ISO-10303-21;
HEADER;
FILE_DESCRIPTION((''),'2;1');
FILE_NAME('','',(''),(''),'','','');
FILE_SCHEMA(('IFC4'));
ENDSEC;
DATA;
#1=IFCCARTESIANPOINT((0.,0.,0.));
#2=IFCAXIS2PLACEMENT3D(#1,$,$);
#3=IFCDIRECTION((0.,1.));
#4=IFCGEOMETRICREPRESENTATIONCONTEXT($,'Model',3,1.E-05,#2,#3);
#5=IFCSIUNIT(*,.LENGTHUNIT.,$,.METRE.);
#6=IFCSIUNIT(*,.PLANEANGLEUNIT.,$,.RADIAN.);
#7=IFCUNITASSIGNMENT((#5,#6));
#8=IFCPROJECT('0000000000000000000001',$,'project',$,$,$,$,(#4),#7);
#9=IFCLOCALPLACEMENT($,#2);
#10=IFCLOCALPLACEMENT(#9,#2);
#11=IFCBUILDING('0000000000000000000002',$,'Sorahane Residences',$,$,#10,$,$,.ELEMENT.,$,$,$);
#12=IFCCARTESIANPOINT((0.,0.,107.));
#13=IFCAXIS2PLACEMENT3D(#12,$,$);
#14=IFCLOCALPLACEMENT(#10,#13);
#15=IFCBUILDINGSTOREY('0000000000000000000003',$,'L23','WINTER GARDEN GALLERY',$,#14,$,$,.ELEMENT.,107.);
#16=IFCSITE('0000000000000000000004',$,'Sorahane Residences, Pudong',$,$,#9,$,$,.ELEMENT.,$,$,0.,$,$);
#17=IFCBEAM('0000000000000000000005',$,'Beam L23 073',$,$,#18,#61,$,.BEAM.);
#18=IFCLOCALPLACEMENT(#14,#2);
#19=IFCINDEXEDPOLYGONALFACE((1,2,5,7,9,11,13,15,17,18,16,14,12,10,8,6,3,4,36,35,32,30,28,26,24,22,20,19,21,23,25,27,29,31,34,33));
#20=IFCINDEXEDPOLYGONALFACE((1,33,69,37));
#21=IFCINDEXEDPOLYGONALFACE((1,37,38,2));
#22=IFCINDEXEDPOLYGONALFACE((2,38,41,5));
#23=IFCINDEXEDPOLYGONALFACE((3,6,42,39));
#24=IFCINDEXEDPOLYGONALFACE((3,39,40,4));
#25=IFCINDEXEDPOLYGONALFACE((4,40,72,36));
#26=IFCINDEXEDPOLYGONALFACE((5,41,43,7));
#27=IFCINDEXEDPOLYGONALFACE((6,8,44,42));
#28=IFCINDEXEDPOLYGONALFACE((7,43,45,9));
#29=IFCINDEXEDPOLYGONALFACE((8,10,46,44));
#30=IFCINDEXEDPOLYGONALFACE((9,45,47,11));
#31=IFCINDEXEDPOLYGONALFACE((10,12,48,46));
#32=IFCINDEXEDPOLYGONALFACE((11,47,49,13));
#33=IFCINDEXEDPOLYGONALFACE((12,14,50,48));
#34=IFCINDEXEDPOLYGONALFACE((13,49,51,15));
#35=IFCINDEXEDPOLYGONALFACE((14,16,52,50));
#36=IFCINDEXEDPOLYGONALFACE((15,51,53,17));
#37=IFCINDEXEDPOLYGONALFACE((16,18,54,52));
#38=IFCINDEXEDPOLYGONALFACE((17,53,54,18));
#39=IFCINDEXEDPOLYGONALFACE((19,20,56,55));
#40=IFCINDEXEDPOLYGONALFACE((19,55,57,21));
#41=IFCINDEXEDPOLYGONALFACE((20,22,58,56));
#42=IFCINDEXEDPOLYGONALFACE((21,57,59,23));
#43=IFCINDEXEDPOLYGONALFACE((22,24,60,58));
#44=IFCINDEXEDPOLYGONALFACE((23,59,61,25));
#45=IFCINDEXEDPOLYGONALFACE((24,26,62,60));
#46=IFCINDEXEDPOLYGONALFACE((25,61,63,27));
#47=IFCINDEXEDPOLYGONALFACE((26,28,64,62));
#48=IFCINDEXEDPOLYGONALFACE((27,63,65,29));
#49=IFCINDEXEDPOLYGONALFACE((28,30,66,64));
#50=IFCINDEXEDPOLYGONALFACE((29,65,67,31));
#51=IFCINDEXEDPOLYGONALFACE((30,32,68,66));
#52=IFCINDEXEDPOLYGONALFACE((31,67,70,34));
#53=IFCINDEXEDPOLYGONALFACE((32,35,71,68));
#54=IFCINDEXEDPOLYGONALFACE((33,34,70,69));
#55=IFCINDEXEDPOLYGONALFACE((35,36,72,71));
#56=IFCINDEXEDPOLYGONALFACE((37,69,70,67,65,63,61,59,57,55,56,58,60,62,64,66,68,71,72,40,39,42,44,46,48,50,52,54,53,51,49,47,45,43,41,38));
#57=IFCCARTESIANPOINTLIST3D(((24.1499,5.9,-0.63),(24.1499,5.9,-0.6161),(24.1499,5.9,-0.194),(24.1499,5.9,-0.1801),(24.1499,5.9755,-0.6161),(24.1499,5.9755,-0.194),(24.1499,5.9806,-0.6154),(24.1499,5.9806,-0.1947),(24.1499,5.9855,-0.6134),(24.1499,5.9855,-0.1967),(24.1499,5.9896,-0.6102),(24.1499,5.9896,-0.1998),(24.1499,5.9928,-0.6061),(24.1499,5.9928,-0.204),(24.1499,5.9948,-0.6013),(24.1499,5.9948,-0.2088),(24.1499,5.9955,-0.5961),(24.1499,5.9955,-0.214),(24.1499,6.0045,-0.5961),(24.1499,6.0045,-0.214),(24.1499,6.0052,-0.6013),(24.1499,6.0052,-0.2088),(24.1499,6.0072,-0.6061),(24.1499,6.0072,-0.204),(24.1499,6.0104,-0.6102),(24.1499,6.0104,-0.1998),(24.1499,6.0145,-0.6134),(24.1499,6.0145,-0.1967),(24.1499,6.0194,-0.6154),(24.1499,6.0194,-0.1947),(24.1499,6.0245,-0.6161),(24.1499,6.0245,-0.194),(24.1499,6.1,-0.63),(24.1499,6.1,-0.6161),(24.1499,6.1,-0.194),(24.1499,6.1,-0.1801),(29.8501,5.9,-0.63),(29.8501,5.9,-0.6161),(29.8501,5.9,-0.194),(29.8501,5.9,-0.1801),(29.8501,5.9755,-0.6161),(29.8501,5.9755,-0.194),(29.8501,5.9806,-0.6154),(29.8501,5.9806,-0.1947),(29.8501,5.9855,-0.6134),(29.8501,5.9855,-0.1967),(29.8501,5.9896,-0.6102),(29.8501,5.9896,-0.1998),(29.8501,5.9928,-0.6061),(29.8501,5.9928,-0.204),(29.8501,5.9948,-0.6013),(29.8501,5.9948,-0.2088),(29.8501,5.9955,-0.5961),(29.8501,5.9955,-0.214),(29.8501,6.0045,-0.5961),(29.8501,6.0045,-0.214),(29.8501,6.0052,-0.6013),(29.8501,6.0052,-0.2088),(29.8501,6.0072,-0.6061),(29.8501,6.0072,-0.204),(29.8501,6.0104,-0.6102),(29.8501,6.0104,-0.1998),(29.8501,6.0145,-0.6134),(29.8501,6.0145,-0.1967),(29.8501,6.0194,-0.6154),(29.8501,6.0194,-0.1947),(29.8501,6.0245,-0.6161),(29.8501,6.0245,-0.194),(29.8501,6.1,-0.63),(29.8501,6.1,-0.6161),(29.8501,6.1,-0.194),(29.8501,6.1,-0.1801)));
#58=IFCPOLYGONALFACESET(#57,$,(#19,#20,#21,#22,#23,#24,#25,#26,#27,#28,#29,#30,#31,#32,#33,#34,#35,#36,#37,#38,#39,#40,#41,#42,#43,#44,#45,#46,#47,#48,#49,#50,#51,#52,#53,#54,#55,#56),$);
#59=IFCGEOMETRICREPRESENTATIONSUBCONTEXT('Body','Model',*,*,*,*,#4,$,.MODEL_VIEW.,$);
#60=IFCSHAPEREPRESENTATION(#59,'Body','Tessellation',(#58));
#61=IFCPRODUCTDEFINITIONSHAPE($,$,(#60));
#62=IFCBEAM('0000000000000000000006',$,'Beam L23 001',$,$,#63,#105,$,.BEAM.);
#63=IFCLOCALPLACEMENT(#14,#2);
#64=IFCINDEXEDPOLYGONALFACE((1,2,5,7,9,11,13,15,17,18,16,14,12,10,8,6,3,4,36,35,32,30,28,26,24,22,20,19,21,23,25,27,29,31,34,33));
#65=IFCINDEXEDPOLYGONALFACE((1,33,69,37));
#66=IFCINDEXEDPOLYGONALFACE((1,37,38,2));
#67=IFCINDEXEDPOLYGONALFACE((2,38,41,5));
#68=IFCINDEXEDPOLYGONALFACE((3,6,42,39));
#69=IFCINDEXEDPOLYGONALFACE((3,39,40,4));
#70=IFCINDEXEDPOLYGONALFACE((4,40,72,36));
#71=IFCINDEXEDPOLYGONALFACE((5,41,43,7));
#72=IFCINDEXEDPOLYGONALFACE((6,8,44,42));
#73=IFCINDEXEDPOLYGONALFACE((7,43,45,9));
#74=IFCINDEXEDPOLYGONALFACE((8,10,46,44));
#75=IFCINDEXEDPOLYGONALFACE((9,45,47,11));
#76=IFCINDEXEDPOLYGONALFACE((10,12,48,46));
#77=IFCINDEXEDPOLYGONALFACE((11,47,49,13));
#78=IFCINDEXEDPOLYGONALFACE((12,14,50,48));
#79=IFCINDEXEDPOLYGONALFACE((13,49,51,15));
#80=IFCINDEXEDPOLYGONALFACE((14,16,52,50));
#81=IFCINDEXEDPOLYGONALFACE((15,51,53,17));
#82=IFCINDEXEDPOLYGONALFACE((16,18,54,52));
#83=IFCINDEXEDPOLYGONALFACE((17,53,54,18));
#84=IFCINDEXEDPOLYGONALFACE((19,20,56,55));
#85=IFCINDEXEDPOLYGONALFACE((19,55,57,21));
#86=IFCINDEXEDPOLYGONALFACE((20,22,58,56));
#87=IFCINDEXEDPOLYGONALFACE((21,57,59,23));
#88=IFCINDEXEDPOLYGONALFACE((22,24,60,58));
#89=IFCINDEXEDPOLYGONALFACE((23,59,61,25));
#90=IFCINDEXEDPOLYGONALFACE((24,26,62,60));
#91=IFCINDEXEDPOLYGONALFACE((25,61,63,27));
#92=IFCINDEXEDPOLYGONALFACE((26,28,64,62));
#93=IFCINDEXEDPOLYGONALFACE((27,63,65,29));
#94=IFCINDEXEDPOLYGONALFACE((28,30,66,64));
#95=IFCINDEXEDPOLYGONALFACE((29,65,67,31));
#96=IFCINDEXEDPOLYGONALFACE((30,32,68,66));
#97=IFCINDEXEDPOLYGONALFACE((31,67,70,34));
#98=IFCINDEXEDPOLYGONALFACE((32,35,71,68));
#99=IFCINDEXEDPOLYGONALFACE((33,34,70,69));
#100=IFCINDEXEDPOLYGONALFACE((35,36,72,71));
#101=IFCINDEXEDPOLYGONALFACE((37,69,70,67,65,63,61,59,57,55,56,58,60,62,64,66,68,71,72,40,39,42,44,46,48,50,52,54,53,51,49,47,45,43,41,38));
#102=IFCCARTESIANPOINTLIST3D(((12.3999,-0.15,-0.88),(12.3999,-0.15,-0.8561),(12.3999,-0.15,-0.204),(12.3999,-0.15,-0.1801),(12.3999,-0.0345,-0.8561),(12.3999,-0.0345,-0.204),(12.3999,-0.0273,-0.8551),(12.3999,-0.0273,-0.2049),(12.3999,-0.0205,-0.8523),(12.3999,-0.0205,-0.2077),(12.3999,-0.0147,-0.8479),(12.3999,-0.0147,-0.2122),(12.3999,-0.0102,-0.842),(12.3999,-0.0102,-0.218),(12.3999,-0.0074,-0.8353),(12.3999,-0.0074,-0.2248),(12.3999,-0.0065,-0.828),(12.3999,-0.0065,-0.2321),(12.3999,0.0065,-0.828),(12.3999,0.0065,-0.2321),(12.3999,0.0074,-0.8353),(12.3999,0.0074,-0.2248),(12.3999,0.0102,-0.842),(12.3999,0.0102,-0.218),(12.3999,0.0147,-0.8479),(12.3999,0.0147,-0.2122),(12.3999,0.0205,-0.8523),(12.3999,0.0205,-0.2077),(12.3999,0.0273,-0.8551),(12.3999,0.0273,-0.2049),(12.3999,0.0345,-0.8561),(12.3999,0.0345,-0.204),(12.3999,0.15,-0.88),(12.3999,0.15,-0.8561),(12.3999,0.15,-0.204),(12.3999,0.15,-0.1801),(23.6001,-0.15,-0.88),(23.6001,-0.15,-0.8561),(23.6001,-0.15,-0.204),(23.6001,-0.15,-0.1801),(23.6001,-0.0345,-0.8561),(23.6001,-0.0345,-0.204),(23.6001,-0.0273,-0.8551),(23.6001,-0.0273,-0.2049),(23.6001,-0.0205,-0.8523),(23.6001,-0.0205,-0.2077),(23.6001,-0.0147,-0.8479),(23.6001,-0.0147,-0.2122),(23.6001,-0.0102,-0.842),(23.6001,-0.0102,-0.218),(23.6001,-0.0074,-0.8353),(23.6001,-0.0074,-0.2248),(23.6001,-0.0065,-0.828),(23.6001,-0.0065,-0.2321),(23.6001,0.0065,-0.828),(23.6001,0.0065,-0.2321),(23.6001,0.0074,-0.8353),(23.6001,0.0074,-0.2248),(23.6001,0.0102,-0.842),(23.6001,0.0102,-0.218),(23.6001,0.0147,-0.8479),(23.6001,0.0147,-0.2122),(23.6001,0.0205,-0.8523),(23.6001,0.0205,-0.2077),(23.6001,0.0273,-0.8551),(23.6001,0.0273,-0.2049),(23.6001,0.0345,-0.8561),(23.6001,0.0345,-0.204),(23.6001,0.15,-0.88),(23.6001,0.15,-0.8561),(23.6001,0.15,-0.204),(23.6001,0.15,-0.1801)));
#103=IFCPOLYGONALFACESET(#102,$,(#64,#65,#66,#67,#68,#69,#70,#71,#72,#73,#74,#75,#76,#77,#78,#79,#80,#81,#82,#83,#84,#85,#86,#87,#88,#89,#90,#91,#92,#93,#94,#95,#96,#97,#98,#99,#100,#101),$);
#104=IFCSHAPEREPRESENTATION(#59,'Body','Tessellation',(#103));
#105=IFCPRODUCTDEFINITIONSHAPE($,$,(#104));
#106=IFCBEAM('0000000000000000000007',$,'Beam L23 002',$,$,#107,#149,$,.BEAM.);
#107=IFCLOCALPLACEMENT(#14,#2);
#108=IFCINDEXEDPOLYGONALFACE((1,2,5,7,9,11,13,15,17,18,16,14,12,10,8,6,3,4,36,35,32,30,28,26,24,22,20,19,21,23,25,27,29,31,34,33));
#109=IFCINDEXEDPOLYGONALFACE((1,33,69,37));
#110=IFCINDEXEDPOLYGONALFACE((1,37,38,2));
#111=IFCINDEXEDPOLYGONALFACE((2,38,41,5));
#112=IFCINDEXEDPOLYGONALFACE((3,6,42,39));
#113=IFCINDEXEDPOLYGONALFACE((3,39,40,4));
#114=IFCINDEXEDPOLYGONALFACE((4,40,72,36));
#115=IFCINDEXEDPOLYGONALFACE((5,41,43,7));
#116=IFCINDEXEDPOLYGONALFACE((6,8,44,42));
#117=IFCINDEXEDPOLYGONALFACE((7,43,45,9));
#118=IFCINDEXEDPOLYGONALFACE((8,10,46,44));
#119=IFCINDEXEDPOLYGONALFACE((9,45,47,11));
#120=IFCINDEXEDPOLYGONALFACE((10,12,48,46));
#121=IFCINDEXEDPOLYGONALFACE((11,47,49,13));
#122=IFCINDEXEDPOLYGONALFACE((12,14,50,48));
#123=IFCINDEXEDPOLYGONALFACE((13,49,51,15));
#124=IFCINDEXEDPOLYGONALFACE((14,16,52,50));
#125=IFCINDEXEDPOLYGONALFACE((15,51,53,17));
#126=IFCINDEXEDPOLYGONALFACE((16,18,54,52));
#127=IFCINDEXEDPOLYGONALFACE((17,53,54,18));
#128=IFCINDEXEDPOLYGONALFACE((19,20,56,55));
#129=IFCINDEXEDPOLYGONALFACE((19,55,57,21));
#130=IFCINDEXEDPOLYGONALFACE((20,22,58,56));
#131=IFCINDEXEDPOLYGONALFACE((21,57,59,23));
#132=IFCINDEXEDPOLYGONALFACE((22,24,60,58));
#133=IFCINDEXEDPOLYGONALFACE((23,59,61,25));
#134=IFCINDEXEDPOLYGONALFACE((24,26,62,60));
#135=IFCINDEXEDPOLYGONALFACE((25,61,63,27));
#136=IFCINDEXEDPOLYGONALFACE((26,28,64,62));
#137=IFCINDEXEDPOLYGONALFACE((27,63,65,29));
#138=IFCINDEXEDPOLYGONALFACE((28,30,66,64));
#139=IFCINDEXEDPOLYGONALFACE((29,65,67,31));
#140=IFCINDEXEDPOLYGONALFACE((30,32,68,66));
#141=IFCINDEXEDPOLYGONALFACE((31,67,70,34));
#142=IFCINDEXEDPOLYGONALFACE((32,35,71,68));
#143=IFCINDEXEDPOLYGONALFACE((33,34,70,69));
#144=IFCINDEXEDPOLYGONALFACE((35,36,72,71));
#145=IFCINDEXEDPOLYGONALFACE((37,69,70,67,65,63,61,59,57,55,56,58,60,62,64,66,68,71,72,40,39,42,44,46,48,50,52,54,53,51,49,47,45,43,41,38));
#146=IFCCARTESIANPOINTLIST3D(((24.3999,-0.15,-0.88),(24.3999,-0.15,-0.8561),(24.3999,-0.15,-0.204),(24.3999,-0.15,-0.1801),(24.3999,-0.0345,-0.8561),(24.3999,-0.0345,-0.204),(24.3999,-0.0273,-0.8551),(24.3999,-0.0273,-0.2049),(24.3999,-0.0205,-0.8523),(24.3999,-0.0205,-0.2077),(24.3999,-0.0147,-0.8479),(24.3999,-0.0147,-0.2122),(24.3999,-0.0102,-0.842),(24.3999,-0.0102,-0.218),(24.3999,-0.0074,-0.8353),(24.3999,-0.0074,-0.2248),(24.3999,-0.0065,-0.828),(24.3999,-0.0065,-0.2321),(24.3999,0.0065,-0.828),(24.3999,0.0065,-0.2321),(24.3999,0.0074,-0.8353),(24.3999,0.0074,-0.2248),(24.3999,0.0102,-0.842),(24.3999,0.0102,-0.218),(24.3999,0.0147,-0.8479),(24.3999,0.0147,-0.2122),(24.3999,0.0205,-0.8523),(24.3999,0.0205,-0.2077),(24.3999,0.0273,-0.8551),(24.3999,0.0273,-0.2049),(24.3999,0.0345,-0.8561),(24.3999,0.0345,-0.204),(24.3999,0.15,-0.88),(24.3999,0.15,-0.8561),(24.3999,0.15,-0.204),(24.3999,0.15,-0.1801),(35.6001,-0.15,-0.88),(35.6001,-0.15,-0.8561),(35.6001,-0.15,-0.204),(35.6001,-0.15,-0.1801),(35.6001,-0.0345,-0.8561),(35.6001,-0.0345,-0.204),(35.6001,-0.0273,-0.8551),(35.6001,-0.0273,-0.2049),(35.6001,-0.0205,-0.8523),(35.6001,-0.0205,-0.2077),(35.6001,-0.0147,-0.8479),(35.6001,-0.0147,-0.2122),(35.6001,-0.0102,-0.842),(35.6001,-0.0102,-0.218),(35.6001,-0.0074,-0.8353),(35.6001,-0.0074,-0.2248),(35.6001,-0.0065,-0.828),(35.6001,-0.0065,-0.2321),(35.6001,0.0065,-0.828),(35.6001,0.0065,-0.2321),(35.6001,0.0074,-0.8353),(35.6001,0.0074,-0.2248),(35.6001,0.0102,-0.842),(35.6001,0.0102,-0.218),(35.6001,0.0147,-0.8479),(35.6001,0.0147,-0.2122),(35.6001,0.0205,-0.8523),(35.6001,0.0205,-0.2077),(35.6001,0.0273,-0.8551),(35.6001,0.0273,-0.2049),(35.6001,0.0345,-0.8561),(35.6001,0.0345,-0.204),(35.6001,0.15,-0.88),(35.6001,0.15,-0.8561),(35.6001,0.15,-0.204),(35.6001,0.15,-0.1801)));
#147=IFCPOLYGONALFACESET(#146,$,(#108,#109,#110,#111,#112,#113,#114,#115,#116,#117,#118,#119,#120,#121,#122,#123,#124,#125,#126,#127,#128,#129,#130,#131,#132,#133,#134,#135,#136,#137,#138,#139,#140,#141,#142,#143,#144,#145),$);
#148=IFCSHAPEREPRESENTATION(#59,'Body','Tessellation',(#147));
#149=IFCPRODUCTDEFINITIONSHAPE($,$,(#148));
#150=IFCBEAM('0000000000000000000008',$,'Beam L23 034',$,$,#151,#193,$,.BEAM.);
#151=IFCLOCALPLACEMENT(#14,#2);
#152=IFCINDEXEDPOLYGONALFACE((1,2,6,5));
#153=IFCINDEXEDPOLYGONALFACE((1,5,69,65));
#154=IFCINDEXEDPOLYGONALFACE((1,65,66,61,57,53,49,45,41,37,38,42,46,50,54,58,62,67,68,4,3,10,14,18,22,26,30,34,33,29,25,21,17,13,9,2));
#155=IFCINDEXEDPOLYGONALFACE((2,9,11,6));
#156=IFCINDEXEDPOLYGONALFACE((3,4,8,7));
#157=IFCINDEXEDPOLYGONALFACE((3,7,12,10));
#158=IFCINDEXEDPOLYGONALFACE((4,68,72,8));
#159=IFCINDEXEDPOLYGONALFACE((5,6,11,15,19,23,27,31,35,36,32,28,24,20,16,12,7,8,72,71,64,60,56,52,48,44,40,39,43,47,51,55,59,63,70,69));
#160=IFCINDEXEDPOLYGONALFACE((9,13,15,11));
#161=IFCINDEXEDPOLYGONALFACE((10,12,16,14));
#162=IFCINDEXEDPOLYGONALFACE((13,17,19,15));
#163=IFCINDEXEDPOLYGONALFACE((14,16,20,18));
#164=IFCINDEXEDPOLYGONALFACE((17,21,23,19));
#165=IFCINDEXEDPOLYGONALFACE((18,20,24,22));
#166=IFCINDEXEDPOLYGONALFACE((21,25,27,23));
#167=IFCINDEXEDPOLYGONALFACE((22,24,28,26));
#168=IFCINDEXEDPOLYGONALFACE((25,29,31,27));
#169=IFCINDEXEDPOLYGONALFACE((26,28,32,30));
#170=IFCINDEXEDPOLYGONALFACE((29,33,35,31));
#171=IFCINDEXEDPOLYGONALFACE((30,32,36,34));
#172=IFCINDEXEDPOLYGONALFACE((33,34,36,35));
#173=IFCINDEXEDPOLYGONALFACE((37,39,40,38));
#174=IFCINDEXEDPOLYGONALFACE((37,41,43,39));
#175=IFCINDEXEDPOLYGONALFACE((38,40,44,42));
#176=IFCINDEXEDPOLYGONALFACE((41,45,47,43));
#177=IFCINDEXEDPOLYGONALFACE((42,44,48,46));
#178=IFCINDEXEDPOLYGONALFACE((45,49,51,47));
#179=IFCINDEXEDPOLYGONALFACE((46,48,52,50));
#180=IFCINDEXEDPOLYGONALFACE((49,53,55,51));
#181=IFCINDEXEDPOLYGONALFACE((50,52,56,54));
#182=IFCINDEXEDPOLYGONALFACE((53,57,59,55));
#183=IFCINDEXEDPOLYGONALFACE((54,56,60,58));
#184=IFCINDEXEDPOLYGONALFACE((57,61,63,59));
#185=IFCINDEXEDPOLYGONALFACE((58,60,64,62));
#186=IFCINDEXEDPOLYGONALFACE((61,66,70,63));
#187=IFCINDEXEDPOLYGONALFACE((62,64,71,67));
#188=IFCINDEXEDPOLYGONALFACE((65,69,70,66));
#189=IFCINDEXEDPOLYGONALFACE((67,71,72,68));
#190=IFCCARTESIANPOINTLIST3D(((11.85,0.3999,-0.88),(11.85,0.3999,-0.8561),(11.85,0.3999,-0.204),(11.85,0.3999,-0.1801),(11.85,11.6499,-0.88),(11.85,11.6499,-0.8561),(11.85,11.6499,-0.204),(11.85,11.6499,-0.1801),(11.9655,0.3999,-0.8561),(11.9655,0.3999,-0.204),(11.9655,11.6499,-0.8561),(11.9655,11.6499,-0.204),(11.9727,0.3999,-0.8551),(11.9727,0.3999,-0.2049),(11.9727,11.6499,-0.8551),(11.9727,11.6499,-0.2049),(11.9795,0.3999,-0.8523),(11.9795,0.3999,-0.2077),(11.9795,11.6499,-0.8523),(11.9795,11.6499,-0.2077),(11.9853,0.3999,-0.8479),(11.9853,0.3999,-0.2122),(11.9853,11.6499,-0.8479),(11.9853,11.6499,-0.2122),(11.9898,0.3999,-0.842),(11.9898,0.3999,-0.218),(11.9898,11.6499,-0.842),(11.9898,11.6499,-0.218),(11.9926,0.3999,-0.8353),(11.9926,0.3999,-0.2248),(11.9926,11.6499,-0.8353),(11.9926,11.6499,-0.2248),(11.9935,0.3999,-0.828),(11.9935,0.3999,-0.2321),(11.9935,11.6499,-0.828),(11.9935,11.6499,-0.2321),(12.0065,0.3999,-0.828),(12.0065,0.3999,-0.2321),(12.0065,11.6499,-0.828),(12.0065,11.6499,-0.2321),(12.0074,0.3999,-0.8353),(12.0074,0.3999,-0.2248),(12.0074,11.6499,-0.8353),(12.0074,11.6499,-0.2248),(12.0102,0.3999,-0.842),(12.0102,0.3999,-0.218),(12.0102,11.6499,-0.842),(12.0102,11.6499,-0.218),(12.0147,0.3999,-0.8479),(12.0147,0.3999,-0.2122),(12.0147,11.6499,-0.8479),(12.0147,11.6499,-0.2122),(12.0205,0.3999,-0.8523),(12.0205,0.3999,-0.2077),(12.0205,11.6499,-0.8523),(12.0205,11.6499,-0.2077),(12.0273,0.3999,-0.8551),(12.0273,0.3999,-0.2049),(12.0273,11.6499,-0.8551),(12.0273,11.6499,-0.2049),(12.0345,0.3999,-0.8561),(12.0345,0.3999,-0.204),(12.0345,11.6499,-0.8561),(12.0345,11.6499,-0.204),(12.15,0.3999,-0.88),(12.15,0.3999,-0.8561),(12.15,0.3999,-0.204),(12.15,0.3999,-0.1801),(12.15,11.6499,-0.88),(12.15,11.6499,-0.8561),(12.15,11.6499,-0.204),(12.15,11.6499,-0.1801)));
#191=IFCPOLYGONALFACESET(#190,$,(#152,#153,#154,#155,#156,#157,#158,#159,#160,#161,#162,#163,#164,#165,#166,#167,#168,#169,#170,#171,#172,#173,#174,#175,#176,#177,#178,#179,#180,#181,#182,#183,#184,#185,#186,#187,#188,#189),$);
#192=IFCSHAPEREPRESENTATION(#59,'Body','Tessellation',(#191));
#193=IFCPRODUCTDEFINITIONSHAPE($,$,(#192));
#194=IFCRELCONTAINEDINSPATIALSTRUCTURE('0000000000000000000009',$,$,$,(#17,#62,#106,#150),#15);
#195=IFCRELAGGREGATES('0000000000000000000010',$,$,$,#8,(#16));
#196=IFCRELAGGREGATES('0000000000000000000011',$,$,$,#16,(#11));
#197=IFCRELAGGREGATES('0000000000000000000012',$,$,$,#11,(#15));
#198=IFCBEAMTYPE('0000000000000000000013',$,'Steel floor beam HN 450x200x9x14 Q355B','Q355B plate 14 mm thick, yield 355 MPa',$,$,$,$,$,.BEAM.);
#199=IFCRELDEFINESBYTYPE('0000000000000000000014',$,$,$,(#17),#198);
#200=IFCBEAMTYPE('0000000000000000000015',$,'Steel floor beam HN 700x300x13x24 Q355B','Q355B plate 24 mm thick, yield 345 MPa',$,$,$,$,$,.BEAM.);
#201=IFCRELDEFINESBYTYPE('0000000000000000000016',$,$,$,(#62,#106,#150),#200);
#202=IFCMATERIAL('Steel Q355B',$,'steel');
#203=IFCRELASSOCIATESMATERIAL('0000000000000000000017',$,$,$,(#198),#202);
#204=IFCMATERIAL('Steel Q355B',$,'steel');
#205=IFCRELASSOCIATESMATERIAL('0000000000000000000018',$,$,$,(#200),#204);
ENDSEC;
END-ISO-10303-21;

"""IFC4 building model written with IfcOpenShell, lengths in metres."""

from ifc_helpers import new_model, si_unit, direction, frame, origin, origin_2d, place, context, subcontext, project, spatial, i_section, extrude, material, material_profile, profile_set, type_object, element, save


model = new_model("IFC4")

# Units and contexts
model_context = context("Model", 3, precision=1e-05, world=origin(), true_north=direction((0.0, 1.0)))
body_context = subcontext(model_context, "Body", "Model", "MODEL_VIEW")
ifc_project = project(units=[si_unit("LENGTHUNIT", "METRE"), si_unit("PLANEANGLEUNIT", "RADIAN")], contexts=[model_context])

# Site, building, storey
site_placement = place(None, origin())
site = spatial("IfcSite", under=ifc_project, at=site_placement, Name="Sorahane Residences, Pudong", CompositionType="ELEMENT", RefElevation=0.0)
building_placement = place(site_placement, origin())
building = spatial("IfcBuilding", under=site, at=building_placement, Name="Sorahane Residences", CompositionType="ELEMENT")
storey_placement = place(building_placement, frame((0.0, 0.0, 107.0)))
storey = spatial("IfcBuildingStorey", under=building, at=storey_placement, Name="L23", Description="WINTER GARDEN GALLERY", CompositionType="ELEMENT", Elevation=107.0)

# Beams
ifc_material_1 = material(Name="Steel Q355B", Category="steel")
ifc_material_profile_1 = material_profile(ifc_material_1, i_section(OverallWidth=0.2, OverallDepth=0.45, WebThickness=0.009, FlangeThickness=0.0139, FilletRadius=0.02, at=origin_2d()), Name="HN 450x200x9x14")
ifc_profile_set_1 = profile_set([ifc_material_profile_1], Name="Steel Q355B")
beam_type_1 = type_object("IfcBeamType", Name="Steel floor beam HN 450x200x9x14 Q355B", Description="Q355B plate 14 mm thick, yield 355 MPa", PredefinedType="BEAM", material=ifc_profile_set_1)
for number, where, z_axis, x_axis, name in (
    (1, (24.1499, 6.0, -0.405), (1.0, 0.0, 0.0), (0.0, 1.0, 0.0), "Beam L23 073"),
):
    element("IfcBeam", number, at=place(storey_placement, frame(where, z_axis=z_axis, x_axis=x_axis)), inside=storey, type_object=beam_type_1, Name=name, PredefinedType="BEAM", context=body_context, shape_type="SweptSolid", body=[
        extrude(i_section(OverallWidth=0.2, OverallDepth=0.45, WebThickness=0.009, FlangeThickness=0.0139, FilletRadius=0.02, at=origin_2d()), origin(), (0.0, 0.0, 1.0), 5.7002),
    ])
ifc_material_2 = material(Name="Steel Q355B", Category="steel")
ifc_material_profile_2 = material_profile(ifc_material_2, i_section(OverallWidth=0.3, OverallDepth=0.7, WebThickness=0.0129, FlangeThickness=0.0239, FilletRadius=0.0281, at=origin_2d()), Name="HN 700x300x13x24")
ifc_profile_set_2 = profile_set([ifc_material_profile_2], Name="Steel Q355B")
beam_type_2 = type_object("IfcBeamType", Name="Steel floor beam HN 700x300x13x24 Q355B", Description="Q355B plate 24 mm thick, yield 345 MPa", PredefinedType="BEAM", material=ifc_profile_set_2)
for number, where, z_axis, x_axis, name in (
    (2, (12.3999, 0.0, -0.53), (1.0, 0.0, 0.0), (0.0, 1.0, 0.0), "Beam L23 001"),
    (3, (24.3999, 0.0, -0.53), (1.0, 0.0, 0.0), (0.0, 1.0, 0.0), "Beam L23 002"),
):
    element("IfcBeam", number, at=place(storey_placement, frame(where, z_axis=z_axis, x_axis=x_axis)), inside=storey, type_object=beam_type_2, Name=name, PredefinedType="BEAM", context=body_context, shape_type="SweptSolid", body=[
        extrude(i_section(OverallWidth=0.3, OverallDepth=0.7, WebThickness=0.0129, FlangeThickness=0.0239, FilletRadius=0.0281, at=origin_2d()), origin(), (0.0, 0.0, 1.0), 11.2002),
    ])
beam_1_placement = place(storey_placement, frame((12.0, 0.3999, -0.53), z_axis=(0.0, 1.0, 0.0), x_axis=(-1.0, 0.0, 0.0)))
element("IfcBeam", 4, at=beam_1_placement, inside=storey, type_object=beam_type_2, Name="Beam L23 034", PredefinedType="BEAM", context=body_context, shape_type="SweptSolid", body=[
    extrude(i_section(OverallWidth=0.3, OverallDepth=0.7, WebThickness=0.0129, FlangeThickness=0.0239, FilletRadius=0.0281, at=origin_2d()), origin(), (0.0, 0.0, 1.0), 11.25),
])

save(model, "model.ifc")
